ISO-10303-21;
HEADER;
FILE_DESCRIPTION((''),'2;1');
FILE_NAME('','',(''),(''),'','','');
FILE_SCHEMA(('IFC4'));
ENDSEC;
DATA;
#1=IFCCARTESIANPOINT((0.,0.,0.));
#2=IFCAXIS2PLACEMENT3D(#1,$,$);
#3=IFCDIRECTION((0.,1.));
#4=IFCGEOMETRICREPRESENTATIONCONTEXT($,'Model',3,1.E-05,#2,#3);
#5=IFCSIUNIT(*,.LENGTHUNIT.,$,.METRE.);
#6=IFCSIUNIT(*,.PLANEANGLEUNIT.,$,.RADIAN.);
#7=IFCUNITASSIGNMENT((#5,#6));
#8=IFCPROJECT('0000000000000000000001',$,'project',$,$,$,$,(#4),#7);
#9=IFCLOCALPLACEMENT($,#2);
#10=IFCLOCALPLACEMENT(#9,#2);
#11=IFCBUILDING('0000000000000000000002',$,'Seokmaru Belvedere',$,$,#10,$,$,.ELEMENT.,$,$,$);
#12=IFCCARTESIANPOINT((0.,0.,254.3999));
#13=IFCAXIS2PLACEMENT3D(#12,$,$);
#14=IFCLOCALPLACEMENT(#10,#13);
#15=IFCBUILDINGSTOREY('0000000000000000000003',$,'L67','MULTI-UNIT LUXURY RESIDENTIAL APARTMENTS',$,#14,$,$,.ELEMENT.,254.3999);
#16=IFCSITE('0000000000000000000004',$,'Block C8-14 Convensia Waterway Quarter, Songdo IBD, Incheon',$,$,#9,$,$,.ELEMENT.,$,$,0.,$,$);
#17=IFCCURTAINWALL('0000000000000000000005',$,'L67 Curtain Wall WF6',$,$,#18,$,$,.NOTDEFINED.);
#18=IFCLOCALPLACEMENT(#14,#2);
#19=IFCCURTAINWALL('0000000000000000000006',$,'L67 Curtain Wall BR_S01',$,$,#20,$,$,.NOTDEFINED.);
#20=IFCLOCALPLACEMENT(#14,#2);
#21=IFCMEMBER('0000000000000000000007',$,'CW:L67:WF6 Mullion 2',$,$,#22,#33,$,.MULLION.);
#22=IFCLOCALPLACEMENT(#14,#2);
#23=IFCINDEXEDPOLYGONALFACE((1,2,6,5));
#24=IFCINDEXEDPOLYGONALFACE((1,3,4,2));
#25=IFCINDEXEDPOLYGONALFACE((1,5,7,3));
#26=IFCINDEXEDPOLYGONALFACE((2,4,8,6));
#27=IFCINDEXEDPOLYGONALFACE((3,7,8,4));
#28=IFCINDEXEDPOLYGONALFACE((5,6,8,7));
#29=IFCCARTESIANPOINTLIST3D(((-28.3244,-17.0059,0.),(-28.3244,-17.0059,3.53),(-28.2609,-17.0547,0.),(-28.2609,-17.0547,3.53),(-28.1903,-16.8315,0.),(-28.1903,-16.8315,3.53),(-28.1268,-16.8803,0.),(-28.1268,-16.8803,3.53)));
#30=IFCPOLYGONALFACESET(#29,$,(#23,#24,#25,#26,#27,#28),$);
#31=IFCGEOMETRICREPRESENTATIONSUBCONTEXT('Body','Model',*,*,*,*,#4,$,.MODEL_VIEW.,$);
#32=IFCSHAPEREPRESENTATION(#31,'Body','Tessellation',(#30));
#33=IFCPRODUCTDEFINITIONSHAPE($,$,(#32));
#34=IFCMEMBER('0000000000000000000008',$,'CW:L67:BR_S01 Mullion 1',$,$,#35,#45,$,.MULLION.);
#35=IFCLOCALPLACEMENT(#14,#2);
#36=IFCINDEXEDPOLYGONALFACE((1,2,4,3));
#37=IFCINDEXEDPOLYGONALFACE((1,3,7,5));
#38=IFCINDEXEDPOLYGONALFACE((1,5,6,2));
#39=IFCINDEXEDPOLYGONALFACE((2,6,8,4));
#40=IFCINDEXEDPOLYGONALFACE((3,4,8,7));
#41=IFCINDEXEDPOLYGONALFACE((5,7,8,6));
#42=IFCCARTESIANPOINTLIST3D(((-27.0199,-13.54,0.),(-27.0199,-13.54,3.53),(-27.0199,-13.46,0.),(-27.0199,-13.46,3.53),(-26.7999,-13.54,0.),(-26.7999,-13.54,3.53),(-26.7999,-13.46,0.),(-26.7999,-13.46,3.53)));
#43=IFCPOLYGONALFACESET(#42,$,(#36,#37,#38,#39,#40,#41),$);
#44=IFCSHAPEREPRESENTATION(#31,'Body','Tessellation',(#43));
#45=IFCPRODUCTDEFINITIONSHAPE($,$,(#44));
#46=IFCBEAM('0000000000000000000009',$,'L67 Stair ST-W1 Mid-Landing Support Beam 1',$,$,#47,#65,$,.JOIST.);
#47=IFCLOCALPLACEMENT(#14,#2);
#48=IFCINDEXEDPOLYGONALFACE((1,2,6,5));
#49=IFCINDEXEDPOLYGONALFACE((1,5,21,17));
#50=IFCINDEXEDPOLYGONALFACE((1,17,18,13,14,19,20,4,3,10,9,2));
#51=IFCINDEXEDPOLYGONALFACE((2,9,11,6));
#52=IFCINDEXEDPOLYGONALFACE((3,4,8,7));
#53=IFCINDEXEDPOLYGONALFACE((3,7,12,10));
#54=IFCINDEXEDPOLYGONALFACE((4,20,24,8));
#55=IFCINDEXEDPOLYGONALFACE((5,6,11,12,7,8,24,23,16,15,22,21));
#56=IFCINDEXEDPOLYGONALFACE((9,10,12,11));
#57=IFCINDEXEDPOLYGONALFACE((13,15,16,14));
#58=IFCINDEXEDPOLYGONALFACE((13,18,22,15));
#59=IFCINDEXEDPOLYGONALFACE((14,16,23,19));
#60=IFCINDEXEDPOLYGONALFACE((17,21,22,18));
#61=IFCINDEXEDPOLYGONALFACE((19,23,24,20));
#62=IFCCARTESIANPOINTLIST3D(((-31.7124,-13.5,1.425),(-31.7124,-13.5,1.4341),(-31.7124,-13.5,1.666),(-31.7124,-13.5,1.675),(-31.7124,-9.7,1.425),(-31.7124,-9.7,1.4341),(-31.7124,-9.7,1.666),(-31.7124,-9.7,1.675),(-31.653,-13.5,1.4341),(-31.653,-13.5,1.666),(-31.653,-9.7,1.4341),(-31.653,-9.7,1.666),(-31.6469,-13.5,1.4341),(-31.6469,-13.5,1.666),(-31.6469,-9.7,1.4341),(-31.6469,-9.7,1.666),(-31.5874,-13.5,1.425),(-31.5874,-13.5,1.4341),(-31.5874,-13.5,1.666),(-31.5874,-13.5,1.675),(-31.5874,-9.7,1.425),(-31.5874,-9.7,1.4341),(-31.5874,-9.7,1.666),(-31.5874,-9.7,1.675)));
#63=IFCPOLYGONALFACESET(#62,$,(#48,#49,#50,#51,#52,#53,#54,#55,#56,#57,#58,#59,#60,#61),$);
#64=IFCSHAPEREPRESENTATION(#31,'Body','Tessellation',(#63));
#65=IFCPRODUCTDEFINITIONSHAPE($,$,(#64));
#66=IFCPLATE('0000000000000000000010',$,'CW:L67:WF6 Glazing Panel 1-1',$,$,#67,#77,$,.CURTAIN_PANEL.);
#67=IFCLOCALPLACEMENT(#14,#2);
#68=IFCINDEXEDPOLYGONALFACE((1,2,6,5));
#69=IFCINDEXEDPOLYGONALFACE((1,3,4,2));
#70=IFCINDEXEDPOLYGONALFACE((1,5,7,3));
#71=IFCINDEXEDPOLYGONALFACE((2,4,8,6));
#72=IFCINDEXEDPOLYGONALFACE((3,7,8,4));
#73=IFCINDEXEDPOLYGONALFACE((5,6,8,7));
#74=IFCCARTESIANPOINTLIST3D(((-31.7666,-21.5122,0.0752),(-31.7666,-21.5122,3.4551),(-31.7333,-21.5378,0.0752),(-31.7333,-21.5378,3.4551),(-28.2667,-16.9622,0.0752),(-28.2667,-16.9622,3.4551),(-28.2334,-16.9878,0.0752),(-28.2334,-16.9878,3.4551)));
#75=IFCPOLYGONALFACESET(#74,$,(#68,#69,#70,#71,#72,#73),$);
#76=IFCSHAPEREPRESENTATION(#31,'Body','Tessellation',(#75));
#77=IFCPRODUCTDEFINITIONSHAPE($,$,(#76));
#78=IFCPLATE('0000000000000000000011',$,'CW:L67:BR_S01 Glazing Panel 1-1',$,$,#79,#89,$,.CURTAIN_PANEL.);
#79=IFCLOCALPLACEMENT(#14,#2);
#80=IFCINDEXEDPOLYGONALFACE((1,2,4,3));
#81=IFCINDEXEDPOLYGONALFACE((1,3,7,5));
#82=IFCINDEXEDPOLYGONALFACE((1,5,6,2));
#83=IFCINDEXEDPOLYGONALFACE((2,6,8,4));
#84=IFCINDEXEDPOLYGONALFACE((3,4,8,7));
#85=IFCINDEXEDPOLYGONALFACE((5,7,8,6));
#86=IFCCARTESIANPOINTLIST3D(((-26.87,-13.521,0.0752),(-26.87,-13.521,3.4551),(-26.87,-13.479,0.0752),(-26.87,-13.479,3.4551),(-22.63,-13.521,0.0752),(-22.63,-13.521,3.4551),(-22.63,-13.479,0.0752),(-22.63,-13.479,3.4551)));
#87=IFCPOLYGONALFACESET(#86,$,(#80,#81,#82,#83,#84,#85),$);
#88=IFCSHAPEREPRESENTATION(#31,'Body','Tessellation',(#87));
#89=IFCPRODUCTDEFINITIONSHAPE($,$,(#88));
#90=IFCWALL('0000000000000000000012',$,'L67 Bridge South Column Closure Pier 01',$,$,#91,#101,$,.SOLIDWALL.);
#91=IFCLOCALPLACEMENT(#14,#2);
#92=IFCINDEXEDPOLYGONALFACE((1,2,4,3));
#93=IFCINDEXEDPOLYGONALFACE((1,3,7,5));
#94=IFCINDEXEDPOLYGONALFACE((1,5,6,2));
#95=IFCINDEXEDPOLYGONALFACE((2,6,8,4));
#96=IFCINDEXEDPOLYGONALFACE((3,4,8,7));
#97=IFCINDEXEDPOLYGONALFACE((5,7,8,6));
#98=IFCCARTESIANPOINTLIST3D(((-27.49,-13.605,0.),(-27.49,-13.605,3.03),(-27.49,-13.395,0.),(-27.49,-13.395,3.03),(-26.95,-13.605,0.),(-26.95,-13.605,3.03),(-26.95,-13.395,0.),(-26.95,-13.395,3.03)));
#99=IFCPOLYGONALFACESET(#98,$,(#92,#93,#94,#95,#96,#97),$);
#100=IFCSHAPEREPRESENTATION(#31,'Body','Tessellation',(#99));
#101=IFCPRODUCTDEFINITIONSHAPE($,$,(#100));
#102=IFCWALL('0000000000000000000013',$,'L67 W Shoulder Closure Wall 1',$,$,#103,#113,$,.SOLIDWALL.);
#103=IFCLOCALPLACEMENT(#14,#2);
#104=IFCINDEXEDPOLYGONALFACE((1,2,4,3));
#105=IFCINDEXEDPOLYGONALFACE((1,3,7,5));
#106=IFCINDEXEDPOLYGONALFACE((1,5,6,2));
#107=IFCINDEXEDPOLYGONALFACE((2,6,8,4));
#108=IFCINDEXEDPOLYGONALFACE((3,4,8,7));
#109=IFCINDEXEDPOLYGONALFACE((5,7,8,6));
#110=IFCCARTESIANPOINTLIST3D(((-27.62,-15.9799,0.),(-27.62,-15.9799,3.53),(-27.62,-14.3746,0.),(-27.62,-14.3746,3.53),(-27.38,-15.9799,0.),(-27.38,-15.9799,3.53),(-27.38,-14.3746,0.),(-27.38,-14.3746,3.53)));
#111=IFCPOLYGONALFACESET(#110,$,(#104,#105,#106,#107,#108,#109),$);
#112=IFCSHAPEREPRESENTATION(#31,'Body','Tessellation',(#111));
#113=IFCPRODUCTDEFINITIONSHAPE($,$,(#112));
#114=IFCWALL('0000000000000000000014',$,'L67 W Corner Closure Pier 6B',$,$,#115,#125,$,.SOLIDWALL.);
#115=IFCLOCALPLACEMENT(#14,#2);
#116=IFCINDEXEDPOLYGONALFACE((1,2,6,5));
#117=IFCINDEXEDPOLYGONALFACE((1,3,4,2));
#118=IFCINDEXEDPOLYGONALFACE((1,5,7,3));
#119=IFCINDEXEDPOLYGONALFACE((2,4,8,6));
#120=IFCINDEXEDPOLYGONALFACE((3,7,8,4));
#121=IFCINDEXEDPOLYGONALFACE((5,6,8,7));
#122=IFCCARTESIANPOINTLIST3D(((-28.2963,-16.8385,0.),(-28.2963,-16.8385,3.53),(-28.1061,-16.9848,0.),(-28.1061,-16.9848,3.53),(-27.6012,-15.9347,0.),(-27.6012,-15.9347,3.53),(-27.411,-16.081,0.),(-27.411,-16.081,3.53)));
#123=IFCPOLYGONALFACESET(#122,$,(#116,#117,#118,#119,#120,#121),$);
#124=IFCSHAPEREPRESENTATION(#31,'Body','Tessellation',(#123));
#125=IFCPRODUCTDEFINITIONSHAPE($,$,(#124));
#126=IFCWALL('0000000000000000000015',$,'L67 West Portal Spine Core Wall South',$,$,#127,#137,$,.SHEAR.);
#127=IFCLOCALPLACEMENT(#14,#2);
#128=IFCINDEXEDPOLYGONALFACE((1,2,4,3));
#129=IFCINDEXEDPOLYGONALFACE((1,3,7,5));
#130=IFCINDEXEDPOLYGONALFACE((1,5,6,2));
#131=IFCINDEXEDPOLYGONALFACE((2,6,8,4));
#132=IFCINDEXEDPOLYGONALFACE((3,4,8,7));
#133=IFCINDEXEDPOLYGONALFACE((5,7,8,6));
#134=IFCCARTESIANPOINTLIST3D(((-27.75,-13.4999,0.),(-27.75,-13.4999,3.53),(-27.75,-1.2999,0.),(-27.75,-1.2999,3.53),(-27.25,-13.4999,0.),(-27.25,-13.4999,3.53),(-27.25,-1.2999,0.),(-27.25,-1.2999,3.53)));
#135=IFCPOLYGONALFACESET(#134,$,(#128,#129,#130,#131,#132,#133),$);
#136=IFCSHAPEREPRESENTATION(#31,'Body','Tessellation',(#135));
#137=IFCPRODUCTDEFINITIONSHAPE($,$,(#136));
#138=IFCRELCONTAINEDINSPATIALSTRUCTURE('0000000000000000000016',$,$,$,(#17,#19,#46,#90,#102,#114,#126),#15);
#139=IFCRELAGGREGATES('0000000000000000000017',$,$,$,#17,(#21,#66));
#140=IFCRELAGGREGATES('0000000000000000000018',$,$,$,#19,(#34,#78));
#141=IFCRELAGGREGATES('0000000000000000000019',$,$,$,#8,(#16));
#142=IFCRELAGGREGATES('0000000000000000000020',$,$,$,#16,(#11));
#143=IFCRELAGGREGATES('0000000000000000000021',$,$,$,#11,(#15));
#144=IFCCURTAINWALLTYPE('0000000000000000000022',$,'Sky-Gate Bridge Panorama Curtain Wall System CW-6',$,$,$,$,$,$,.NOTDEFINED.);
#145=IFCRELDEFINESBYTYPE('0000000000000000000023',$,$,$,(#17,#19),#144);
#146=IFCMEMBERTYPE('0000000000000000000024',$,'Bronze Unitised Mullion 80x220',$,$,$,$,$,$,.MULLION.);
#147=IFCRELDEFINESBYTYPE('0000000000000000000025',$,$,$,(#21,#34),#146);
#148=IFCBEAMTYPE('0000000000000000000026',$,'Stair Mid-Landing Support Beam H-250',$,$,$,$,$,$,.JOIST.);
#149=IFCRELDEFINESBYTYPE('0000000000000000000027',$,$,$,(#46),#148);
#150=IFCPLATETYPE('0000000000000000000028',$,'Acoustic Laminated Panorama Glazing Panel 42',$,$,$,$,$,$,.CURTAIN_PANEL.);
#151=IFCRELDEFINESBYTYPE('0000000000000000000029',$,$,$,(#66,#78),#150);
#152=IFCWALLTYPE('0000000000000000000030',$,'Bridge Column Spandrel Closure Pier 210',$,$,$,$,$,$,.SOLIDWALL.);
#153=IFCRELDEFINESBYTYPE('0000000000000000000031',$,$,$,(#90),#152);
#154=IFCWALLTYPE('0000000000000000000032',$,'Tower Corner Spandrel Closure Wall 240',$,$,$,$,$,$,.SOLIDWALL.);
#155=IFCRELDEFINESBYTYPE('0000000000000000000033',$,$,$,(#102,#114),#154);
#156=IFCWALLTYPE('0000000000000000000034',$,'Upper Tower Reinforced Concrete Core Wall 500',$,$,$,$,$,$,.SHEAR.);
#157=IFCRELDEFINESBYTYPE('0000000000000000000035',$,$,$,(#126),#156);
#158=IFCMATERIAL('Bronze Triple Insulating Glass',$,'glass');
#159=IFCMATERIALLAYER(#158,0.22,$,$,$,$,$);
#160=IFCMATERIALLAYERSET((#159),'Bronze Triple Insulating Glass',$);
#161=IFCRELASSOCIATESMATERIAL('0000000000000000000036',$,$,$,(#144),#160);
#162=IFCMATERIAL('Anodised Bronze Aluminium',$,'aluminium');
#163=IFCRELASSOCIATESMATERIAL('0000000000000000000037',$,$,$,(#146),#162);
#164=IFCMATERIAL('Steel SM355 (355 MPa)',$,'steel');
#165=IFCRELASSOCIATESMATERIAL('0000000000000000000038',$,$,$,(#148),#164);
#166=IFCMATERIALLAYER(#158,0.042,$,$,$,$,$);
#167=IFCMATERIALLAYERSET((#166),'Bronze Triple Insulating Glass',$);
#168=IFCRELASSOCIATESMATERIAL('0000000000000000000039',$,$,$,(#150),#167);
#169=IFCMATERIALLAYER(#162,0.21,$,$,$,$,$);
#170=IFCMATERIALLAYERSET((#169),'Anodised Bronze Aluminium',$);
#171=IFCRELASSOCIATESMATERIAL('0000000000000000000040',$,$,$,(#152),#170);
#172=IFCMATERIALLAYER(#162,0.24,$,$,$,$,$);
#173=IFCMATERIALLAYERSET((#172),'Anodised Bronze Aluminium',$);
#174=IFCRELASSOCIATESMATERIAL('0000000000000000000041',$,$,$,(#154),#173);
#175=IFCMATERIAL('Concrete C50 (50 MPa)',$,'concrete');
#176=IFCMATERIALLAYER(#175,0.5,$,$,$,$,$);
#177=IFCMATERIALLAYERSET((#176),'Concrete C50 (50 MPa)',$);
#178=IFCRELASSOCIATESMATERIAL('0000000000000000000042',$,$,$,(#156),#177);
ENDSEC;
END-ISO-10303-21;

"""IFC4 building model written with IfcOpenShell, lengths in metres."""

from ifc_helpers import new_model, si_unit, direction, frame, frame_2d, origin, origin_2d, place, context, subcontext, project, spatial, rectangle, i_section, extrude, source, transform, mapped, material, layer, layer_set, material_profile, profile_set, type_object, type_shapes, element, aggregate, save


model = new_model("IFC4")

# Units and contexts
model_context = context("Model", 3, precision=1e-05, world=origin(), true_north=direction((0.0, 1.0)))
body_context = subcontext(model_context, "Body", "Model", "MODEL_VIEW")
ifc_project = project(units=[si_unit("LENGTHUNIT", "METRE"), si_unit("PLANEANGLEUNIT", "RADIAN")], contexts=[model_context])

# Site, building, storey
site_placement = place(None, origin())
site = spatial("IfcSite", under=ifc_project, at=site_placement, Name="Block C8-14 Convensia Waterway Quarter, Songdo IBD, Incheon", CompositionType="ELEMENT", RefElevation=0.0)
building_placement = place(site_placement, origin())
building = spatial("IfcBuilding", under=site, at=building_placement, Name="Seokmaru Belvedere", CompositionType="ELEMENT")
storey_placement = place(building_placement, frame((0.0, 0.0, 254.3999)))
storey = spatial("IfcBuildingStorey", under=building, at=storey_placement, Name="L67", Description="MULTI-UNIT LUXURY RESIDENTIAL APARTMENTS", CompositionType="ELEMENT", Elevation=254.3999)

# Shared definitions
ifc_material_1 = material(Name="Steel SM355 (355 MPa)", Category="steel")

# Curtain walls
ifc_material_2 = material(Name="Bronze Triple Insulating Glass", Category="glass")
ifc_layer_1 = layer(ifc_material_2, 0.22)
ifc_layer_set_1 = layer_set([ifc_layer_1], Name="Bronze Triple Insulating Glass")
curtain_wall_type = type_object("IfcCurtainWallType", Name="Sky-Gate Bridge Panorama Curtain Wall System CW-6", PredefinedType="NOTDEFINED", material=ifc_layer_set_1)
curtain_wall_1_placement = place(storey_placement, origin())
curtain_wall_1 = element("IfcCurtainWall", 1, at=curtain_wall_1_placement, inside=storey, type_object=curtain_wall_type, Name="L67 Curtain Wall WF6", PredefinedType="NOTDEFINED")
ifc_material_3 = material(Name="Anodised Bronze Aluminium", Category="aluminium")
curtain_wall_2_placement = place(storey_placement, origin())
curtain_wall_2 = element("IfcCurtainWall", 2, at=curtain_wall_2_placement, inside=storey, type_object=curtain_wall_type, Name="L67 Curtain Wall BR_S01", PredefinedType="NOTDEFINED")

# Members
ifc_material_profile_1 = material_profile(ifc_material_3, rectangle(XDim=0.0801, YDim=0.22, at=origin_2d()), Name="CW-M-80x220")
ifc_profile_set_1 = profile_set([ifc_material_profile_1], Name="Anodised Bronze Aluminium")
member_type_1 = type_object("IfcMemberType", Name="Bronze Unitised Mullion 80x220", PredefinedType="MULLION", material=ifc_profile_set_1)
shared_shape_1 = source(origin(), body_context, "Body", "SweptSolid", [
    extrude(rectangle(XDim=0.0801, YDim=0.22, at=origin_2d()), origin(), (0.0, 0.0, 1.0), 3.53),
])
type_shapes(member_type_1, [shared_shape_1])
member_1_placement = place(storey_placement, frame((-28.2256, -16.9431, 0.0), z_axis=(0.0, 0.0, 1.0), x_axis=(-0.792631, 0.609701, 0.0)))
member_1 = element("IfcMember", 3, at=member_1_placement, type_object=member_type_1, Name="CW:L67:WF6 Mullion 2", PredefinedType="MULLION", context=body_context, shape_type="MappedRepresentation", body=[
    mapped(shared_shape_1, transform((0.0, 0.0, 0.0), scale=1.0)),
])
member_2_placement = place(storey_placement, frame((-26.9099, -13.5, 0.0), z_axis=(0.0, 0.0, 1.0), x_axis=(0.0, 1.0, 0.0)))
member_2 = element("IfcMember", 4, at=member_2_placement, type_object=member_type_1, Name="CW:L67:BR_S01 Mullion 1", PredefinedType="MULLION", context=body_context, shape_type="MappedRepresentation", body=[
    mapped(shared_shape_1, transform((0.0, 0.0, 0.0), scale=1.0)),
])

# Beam
ifc_material_profile_2 = material_profile(ifc_material_1, i_section(OverallWidth=0.125, OverallDepth=0.25, WebThickness=0.0061, FlangeThickness=0.009, at=origin_2d()), Name="H-250x125x6x9")
ifc_profile_set_2 = profile_set([ifc_material_profile_2], Name="Steel SM355 (355 MPa)")
beam_type_1 = type_object("IfcBeamType", Name="Stair Mid-Landing Support Beam H-250", PredefinedType="JOIST", material=ifc_profile_set_2)
shared_shape_2 = source(origin(), body_context, "Body", "SweptSolid", [
    extrude(i_section(OverallWidth=0.125, OverallDepth=0.25, WebThickness=0.0061, FlangeThickness=0.009, at=origin_2d()), origin(), (0.0, 0.0, 1.0), 3.8),
])
type_shapes(beam_type_1, [shared_shape_2])
beam_1_placement = place(storey_placement, frame((-31.6499, -13.5, 1.55), z_axis=(0.0, 1.0, 0.0), x_axis=(-1.0, 0.0, 0.0)))
element("IfcBeam", 5, at=beam_1_placement, inside=storey, type_object=beam_type_1, Name="L67 Stair ST-W1 Mid-Landing Support Beam 1", PredefinedType="JOIST", context=body_context, shape_type="MappedRepresentation", body=[
    mapped(shared_shape_2, transform((0.0, 0.0, 0.0), scale=1.0)),
])

# Plates
ifc_layer_2 = layer(ifc_material_2, 0.042)
ifc_layer_set_2 = layer_set([ifc_layer_2], Name="Bronze Triple Insulating Glass")
plate_type = type_object("IfcPlateType", Name="Acoustic Laminated Panorama Glazing Panel 42", PredefinedType="CURTAIN_PANEL", material=ifc_layer_set_2)
shared_shape_3 = source(origin(), body_context, "Body", "SweptSolid", [
    extrude(rectangle(XDim=5.7405, YDim=0.042, at=origin_2d()), origin(), (0.0, 0.0, 1.0), 3.3799),
])
plate_1_placement = place(storey_placement, frame((-30.0, -19.25, 0.0752), z_axis=(0.0, 0.0, 1.0), x_axis=(0.609701, 0.792631, 0.0)))
plate_1 = element("IfcPlate", 6, at=plate_1_placement, type_object=plate_type, Name="CW:L67:WF6 Glazing Panel 1-1", PredefinedType="CURTAIN_PANEL", context=body_context, shape_type="MappedRepresentation", body=[
    mapped(shared_shape_3, transform((0.0, 0.0, 0.0), scale=1.0)),
])
aggregate(curtain_wall_1, [member_1, plate_1])
shared_shape_4 = source(origin(), body_context, "Body", "SweptSolid", [
    extrude(rectangle(XDim=4.24, YDim=0.042, at=origin_2d()), origin(), (0.0, 0.0, 1.0), 3.3799),
])
type_shapes(plate_type, [shared_shape_3, shared_shape_4])
plate_2_placement = place(storey_placement, frame((-24.75, -13.5, 0.0752), z_axis=(0.0, 0.0, 1.0), x_axis=(1.0, 0.0, 0.0)))
plate_2 = element("IfcPlate", 7, at=plate_2_placement, type_object=plate_type, Name="CW:L67:BR_S01 Glazing Panel 1-1", PredefinedType="CURTAIN_PANEL", context=body_context, shape_type="MappedRepresentation", body=[
    mapped(shared_shape_4, transform((0.0, 0.0, 0.0), scale=1.0)),
])
aggregate(curtain_wall_2, [member_2, plate_2])

# Walls
ifc_layer_3 = layer(ifc_material_3, 0.21)
ifc_layer_set_3 = layer_set([ifc_layer_3], Name="Anodised Bronze Aluminium")
wall_type_1 = type_object("IfcWallType", Name="Bridge Column Spandrel Closure Pier 210", PredefinedType="SOLIDWALL", material=ifc_layer_set_3)
wall_1_placement = place(storey_placement, frame((-27.49, -13.5, 0.0), z_axis=(0.0, 0.0, 1.0), x_axis=(1.0, 0.0, 0.0)))
element("IfcWall", 8, at=wall_1_placement, inside=storey, type_object=wall_type_1, Name="L67 Bridge South Column Closure Pier 01", PredefinedType="SOLIDWALL", context=body_context, shape_type="SweptSolid", body=[
    extrude(rectangle(XDim=0.54, YDim=0.21, at=frame_2d((0.27, 0.0))), origin(), (0.0, 0.0, 1.0), 3.03),
])
ifc_layer_4 = layer(ifc_material_3, 0.24)
ifc_layer_set_4 = layer_set([ifc_layer_4], Name="Anodised Bronze Aluminium")
wall_type_2 = type_object("IfcWallType", Name="Tower Corner Spandrel Closure Wall 240", PredefinedType="SOLIDWALL", material=ifc_layer_set_4)
wall_2_placement = place(storey_placement, frame((-27.5, -15.98, 0.0), z_axis=(0.0, 0.0, 1.0), x_axis=(0.0, 1.0, 0.0)))
element("IfcWall", 9, at=wall_2_placement, inside=storey, type_object=wall_type_2, Name="L67 W Shoulder Closure Wall 1", PredefinedType="SOLIDWALL", context=body_context, shape_type="SweptSolid", body=[
    extrude(rectangle(XDim=1.6052, YDim=0.24, at=frame_2d((0.8027, 0.0))), origin(), (0.0, 0.0, 1.0), 3.53),
])
wall_3_placement = place(storey_placement, frame((-28.2012, -16.9116, 0.0), z_axis=(0.0, 0.0, 1.0), x_axis=(0.609618, 0.792696, 0.0)))
element("IfcWall", 10, at=wall_3_placement, inside=storey, type_object=wall_type_2, Name="L67 W Corner Closure Pier 6B", PredefinedType="SOLIDWALL", context=body_context, shape_type="SweptSolid", body=[
    extrude(rectangle(XDim=1.1401, YDim=0.24, at=frame_2d((0.5701, 0.0))), origin(), (0.0, 0.0, 1.0), 3.53),
])
ifc_material_4 = material(Name="Concrete C50 (50 MPa)", Category="concrete")
ifc_layer_5 = layer(ifc_material_4, 0.5)
ifc_layer_set_5 = layer_set([ifc_layer_5], Name="Concrete C50 (50 MPa)")
wall_type_3 = type_object("IfcWallType", Name="Upper Tower Reinforced Concrete Core Wall 500", PredefinedType="SHEAR", material=ifc_layer_set_5)
wall_4_placement = place(storey_placement, frame((-27.5, -13.5, 0.0), z_axis=(0.0, 0.0, 1.0), x_axis=(0.0, 1.0, 0.0)))
element("IfcWall", 11, at=wall_4_placement, inside=storey, type_object=wall_type_3, Name="L67 West Portal Spine Core Wall South", PredefinedType="SHEAR", context=body_context, shape_type="SweptSolid", body=[
    extrude(rectangle(XDim=12.2, YDim=0.5, at=frame_2d((6.1001, 0.0))), origin(), (0.0, 0.0, 1.0), 3.53),
])

save(model, "model.ifc")
